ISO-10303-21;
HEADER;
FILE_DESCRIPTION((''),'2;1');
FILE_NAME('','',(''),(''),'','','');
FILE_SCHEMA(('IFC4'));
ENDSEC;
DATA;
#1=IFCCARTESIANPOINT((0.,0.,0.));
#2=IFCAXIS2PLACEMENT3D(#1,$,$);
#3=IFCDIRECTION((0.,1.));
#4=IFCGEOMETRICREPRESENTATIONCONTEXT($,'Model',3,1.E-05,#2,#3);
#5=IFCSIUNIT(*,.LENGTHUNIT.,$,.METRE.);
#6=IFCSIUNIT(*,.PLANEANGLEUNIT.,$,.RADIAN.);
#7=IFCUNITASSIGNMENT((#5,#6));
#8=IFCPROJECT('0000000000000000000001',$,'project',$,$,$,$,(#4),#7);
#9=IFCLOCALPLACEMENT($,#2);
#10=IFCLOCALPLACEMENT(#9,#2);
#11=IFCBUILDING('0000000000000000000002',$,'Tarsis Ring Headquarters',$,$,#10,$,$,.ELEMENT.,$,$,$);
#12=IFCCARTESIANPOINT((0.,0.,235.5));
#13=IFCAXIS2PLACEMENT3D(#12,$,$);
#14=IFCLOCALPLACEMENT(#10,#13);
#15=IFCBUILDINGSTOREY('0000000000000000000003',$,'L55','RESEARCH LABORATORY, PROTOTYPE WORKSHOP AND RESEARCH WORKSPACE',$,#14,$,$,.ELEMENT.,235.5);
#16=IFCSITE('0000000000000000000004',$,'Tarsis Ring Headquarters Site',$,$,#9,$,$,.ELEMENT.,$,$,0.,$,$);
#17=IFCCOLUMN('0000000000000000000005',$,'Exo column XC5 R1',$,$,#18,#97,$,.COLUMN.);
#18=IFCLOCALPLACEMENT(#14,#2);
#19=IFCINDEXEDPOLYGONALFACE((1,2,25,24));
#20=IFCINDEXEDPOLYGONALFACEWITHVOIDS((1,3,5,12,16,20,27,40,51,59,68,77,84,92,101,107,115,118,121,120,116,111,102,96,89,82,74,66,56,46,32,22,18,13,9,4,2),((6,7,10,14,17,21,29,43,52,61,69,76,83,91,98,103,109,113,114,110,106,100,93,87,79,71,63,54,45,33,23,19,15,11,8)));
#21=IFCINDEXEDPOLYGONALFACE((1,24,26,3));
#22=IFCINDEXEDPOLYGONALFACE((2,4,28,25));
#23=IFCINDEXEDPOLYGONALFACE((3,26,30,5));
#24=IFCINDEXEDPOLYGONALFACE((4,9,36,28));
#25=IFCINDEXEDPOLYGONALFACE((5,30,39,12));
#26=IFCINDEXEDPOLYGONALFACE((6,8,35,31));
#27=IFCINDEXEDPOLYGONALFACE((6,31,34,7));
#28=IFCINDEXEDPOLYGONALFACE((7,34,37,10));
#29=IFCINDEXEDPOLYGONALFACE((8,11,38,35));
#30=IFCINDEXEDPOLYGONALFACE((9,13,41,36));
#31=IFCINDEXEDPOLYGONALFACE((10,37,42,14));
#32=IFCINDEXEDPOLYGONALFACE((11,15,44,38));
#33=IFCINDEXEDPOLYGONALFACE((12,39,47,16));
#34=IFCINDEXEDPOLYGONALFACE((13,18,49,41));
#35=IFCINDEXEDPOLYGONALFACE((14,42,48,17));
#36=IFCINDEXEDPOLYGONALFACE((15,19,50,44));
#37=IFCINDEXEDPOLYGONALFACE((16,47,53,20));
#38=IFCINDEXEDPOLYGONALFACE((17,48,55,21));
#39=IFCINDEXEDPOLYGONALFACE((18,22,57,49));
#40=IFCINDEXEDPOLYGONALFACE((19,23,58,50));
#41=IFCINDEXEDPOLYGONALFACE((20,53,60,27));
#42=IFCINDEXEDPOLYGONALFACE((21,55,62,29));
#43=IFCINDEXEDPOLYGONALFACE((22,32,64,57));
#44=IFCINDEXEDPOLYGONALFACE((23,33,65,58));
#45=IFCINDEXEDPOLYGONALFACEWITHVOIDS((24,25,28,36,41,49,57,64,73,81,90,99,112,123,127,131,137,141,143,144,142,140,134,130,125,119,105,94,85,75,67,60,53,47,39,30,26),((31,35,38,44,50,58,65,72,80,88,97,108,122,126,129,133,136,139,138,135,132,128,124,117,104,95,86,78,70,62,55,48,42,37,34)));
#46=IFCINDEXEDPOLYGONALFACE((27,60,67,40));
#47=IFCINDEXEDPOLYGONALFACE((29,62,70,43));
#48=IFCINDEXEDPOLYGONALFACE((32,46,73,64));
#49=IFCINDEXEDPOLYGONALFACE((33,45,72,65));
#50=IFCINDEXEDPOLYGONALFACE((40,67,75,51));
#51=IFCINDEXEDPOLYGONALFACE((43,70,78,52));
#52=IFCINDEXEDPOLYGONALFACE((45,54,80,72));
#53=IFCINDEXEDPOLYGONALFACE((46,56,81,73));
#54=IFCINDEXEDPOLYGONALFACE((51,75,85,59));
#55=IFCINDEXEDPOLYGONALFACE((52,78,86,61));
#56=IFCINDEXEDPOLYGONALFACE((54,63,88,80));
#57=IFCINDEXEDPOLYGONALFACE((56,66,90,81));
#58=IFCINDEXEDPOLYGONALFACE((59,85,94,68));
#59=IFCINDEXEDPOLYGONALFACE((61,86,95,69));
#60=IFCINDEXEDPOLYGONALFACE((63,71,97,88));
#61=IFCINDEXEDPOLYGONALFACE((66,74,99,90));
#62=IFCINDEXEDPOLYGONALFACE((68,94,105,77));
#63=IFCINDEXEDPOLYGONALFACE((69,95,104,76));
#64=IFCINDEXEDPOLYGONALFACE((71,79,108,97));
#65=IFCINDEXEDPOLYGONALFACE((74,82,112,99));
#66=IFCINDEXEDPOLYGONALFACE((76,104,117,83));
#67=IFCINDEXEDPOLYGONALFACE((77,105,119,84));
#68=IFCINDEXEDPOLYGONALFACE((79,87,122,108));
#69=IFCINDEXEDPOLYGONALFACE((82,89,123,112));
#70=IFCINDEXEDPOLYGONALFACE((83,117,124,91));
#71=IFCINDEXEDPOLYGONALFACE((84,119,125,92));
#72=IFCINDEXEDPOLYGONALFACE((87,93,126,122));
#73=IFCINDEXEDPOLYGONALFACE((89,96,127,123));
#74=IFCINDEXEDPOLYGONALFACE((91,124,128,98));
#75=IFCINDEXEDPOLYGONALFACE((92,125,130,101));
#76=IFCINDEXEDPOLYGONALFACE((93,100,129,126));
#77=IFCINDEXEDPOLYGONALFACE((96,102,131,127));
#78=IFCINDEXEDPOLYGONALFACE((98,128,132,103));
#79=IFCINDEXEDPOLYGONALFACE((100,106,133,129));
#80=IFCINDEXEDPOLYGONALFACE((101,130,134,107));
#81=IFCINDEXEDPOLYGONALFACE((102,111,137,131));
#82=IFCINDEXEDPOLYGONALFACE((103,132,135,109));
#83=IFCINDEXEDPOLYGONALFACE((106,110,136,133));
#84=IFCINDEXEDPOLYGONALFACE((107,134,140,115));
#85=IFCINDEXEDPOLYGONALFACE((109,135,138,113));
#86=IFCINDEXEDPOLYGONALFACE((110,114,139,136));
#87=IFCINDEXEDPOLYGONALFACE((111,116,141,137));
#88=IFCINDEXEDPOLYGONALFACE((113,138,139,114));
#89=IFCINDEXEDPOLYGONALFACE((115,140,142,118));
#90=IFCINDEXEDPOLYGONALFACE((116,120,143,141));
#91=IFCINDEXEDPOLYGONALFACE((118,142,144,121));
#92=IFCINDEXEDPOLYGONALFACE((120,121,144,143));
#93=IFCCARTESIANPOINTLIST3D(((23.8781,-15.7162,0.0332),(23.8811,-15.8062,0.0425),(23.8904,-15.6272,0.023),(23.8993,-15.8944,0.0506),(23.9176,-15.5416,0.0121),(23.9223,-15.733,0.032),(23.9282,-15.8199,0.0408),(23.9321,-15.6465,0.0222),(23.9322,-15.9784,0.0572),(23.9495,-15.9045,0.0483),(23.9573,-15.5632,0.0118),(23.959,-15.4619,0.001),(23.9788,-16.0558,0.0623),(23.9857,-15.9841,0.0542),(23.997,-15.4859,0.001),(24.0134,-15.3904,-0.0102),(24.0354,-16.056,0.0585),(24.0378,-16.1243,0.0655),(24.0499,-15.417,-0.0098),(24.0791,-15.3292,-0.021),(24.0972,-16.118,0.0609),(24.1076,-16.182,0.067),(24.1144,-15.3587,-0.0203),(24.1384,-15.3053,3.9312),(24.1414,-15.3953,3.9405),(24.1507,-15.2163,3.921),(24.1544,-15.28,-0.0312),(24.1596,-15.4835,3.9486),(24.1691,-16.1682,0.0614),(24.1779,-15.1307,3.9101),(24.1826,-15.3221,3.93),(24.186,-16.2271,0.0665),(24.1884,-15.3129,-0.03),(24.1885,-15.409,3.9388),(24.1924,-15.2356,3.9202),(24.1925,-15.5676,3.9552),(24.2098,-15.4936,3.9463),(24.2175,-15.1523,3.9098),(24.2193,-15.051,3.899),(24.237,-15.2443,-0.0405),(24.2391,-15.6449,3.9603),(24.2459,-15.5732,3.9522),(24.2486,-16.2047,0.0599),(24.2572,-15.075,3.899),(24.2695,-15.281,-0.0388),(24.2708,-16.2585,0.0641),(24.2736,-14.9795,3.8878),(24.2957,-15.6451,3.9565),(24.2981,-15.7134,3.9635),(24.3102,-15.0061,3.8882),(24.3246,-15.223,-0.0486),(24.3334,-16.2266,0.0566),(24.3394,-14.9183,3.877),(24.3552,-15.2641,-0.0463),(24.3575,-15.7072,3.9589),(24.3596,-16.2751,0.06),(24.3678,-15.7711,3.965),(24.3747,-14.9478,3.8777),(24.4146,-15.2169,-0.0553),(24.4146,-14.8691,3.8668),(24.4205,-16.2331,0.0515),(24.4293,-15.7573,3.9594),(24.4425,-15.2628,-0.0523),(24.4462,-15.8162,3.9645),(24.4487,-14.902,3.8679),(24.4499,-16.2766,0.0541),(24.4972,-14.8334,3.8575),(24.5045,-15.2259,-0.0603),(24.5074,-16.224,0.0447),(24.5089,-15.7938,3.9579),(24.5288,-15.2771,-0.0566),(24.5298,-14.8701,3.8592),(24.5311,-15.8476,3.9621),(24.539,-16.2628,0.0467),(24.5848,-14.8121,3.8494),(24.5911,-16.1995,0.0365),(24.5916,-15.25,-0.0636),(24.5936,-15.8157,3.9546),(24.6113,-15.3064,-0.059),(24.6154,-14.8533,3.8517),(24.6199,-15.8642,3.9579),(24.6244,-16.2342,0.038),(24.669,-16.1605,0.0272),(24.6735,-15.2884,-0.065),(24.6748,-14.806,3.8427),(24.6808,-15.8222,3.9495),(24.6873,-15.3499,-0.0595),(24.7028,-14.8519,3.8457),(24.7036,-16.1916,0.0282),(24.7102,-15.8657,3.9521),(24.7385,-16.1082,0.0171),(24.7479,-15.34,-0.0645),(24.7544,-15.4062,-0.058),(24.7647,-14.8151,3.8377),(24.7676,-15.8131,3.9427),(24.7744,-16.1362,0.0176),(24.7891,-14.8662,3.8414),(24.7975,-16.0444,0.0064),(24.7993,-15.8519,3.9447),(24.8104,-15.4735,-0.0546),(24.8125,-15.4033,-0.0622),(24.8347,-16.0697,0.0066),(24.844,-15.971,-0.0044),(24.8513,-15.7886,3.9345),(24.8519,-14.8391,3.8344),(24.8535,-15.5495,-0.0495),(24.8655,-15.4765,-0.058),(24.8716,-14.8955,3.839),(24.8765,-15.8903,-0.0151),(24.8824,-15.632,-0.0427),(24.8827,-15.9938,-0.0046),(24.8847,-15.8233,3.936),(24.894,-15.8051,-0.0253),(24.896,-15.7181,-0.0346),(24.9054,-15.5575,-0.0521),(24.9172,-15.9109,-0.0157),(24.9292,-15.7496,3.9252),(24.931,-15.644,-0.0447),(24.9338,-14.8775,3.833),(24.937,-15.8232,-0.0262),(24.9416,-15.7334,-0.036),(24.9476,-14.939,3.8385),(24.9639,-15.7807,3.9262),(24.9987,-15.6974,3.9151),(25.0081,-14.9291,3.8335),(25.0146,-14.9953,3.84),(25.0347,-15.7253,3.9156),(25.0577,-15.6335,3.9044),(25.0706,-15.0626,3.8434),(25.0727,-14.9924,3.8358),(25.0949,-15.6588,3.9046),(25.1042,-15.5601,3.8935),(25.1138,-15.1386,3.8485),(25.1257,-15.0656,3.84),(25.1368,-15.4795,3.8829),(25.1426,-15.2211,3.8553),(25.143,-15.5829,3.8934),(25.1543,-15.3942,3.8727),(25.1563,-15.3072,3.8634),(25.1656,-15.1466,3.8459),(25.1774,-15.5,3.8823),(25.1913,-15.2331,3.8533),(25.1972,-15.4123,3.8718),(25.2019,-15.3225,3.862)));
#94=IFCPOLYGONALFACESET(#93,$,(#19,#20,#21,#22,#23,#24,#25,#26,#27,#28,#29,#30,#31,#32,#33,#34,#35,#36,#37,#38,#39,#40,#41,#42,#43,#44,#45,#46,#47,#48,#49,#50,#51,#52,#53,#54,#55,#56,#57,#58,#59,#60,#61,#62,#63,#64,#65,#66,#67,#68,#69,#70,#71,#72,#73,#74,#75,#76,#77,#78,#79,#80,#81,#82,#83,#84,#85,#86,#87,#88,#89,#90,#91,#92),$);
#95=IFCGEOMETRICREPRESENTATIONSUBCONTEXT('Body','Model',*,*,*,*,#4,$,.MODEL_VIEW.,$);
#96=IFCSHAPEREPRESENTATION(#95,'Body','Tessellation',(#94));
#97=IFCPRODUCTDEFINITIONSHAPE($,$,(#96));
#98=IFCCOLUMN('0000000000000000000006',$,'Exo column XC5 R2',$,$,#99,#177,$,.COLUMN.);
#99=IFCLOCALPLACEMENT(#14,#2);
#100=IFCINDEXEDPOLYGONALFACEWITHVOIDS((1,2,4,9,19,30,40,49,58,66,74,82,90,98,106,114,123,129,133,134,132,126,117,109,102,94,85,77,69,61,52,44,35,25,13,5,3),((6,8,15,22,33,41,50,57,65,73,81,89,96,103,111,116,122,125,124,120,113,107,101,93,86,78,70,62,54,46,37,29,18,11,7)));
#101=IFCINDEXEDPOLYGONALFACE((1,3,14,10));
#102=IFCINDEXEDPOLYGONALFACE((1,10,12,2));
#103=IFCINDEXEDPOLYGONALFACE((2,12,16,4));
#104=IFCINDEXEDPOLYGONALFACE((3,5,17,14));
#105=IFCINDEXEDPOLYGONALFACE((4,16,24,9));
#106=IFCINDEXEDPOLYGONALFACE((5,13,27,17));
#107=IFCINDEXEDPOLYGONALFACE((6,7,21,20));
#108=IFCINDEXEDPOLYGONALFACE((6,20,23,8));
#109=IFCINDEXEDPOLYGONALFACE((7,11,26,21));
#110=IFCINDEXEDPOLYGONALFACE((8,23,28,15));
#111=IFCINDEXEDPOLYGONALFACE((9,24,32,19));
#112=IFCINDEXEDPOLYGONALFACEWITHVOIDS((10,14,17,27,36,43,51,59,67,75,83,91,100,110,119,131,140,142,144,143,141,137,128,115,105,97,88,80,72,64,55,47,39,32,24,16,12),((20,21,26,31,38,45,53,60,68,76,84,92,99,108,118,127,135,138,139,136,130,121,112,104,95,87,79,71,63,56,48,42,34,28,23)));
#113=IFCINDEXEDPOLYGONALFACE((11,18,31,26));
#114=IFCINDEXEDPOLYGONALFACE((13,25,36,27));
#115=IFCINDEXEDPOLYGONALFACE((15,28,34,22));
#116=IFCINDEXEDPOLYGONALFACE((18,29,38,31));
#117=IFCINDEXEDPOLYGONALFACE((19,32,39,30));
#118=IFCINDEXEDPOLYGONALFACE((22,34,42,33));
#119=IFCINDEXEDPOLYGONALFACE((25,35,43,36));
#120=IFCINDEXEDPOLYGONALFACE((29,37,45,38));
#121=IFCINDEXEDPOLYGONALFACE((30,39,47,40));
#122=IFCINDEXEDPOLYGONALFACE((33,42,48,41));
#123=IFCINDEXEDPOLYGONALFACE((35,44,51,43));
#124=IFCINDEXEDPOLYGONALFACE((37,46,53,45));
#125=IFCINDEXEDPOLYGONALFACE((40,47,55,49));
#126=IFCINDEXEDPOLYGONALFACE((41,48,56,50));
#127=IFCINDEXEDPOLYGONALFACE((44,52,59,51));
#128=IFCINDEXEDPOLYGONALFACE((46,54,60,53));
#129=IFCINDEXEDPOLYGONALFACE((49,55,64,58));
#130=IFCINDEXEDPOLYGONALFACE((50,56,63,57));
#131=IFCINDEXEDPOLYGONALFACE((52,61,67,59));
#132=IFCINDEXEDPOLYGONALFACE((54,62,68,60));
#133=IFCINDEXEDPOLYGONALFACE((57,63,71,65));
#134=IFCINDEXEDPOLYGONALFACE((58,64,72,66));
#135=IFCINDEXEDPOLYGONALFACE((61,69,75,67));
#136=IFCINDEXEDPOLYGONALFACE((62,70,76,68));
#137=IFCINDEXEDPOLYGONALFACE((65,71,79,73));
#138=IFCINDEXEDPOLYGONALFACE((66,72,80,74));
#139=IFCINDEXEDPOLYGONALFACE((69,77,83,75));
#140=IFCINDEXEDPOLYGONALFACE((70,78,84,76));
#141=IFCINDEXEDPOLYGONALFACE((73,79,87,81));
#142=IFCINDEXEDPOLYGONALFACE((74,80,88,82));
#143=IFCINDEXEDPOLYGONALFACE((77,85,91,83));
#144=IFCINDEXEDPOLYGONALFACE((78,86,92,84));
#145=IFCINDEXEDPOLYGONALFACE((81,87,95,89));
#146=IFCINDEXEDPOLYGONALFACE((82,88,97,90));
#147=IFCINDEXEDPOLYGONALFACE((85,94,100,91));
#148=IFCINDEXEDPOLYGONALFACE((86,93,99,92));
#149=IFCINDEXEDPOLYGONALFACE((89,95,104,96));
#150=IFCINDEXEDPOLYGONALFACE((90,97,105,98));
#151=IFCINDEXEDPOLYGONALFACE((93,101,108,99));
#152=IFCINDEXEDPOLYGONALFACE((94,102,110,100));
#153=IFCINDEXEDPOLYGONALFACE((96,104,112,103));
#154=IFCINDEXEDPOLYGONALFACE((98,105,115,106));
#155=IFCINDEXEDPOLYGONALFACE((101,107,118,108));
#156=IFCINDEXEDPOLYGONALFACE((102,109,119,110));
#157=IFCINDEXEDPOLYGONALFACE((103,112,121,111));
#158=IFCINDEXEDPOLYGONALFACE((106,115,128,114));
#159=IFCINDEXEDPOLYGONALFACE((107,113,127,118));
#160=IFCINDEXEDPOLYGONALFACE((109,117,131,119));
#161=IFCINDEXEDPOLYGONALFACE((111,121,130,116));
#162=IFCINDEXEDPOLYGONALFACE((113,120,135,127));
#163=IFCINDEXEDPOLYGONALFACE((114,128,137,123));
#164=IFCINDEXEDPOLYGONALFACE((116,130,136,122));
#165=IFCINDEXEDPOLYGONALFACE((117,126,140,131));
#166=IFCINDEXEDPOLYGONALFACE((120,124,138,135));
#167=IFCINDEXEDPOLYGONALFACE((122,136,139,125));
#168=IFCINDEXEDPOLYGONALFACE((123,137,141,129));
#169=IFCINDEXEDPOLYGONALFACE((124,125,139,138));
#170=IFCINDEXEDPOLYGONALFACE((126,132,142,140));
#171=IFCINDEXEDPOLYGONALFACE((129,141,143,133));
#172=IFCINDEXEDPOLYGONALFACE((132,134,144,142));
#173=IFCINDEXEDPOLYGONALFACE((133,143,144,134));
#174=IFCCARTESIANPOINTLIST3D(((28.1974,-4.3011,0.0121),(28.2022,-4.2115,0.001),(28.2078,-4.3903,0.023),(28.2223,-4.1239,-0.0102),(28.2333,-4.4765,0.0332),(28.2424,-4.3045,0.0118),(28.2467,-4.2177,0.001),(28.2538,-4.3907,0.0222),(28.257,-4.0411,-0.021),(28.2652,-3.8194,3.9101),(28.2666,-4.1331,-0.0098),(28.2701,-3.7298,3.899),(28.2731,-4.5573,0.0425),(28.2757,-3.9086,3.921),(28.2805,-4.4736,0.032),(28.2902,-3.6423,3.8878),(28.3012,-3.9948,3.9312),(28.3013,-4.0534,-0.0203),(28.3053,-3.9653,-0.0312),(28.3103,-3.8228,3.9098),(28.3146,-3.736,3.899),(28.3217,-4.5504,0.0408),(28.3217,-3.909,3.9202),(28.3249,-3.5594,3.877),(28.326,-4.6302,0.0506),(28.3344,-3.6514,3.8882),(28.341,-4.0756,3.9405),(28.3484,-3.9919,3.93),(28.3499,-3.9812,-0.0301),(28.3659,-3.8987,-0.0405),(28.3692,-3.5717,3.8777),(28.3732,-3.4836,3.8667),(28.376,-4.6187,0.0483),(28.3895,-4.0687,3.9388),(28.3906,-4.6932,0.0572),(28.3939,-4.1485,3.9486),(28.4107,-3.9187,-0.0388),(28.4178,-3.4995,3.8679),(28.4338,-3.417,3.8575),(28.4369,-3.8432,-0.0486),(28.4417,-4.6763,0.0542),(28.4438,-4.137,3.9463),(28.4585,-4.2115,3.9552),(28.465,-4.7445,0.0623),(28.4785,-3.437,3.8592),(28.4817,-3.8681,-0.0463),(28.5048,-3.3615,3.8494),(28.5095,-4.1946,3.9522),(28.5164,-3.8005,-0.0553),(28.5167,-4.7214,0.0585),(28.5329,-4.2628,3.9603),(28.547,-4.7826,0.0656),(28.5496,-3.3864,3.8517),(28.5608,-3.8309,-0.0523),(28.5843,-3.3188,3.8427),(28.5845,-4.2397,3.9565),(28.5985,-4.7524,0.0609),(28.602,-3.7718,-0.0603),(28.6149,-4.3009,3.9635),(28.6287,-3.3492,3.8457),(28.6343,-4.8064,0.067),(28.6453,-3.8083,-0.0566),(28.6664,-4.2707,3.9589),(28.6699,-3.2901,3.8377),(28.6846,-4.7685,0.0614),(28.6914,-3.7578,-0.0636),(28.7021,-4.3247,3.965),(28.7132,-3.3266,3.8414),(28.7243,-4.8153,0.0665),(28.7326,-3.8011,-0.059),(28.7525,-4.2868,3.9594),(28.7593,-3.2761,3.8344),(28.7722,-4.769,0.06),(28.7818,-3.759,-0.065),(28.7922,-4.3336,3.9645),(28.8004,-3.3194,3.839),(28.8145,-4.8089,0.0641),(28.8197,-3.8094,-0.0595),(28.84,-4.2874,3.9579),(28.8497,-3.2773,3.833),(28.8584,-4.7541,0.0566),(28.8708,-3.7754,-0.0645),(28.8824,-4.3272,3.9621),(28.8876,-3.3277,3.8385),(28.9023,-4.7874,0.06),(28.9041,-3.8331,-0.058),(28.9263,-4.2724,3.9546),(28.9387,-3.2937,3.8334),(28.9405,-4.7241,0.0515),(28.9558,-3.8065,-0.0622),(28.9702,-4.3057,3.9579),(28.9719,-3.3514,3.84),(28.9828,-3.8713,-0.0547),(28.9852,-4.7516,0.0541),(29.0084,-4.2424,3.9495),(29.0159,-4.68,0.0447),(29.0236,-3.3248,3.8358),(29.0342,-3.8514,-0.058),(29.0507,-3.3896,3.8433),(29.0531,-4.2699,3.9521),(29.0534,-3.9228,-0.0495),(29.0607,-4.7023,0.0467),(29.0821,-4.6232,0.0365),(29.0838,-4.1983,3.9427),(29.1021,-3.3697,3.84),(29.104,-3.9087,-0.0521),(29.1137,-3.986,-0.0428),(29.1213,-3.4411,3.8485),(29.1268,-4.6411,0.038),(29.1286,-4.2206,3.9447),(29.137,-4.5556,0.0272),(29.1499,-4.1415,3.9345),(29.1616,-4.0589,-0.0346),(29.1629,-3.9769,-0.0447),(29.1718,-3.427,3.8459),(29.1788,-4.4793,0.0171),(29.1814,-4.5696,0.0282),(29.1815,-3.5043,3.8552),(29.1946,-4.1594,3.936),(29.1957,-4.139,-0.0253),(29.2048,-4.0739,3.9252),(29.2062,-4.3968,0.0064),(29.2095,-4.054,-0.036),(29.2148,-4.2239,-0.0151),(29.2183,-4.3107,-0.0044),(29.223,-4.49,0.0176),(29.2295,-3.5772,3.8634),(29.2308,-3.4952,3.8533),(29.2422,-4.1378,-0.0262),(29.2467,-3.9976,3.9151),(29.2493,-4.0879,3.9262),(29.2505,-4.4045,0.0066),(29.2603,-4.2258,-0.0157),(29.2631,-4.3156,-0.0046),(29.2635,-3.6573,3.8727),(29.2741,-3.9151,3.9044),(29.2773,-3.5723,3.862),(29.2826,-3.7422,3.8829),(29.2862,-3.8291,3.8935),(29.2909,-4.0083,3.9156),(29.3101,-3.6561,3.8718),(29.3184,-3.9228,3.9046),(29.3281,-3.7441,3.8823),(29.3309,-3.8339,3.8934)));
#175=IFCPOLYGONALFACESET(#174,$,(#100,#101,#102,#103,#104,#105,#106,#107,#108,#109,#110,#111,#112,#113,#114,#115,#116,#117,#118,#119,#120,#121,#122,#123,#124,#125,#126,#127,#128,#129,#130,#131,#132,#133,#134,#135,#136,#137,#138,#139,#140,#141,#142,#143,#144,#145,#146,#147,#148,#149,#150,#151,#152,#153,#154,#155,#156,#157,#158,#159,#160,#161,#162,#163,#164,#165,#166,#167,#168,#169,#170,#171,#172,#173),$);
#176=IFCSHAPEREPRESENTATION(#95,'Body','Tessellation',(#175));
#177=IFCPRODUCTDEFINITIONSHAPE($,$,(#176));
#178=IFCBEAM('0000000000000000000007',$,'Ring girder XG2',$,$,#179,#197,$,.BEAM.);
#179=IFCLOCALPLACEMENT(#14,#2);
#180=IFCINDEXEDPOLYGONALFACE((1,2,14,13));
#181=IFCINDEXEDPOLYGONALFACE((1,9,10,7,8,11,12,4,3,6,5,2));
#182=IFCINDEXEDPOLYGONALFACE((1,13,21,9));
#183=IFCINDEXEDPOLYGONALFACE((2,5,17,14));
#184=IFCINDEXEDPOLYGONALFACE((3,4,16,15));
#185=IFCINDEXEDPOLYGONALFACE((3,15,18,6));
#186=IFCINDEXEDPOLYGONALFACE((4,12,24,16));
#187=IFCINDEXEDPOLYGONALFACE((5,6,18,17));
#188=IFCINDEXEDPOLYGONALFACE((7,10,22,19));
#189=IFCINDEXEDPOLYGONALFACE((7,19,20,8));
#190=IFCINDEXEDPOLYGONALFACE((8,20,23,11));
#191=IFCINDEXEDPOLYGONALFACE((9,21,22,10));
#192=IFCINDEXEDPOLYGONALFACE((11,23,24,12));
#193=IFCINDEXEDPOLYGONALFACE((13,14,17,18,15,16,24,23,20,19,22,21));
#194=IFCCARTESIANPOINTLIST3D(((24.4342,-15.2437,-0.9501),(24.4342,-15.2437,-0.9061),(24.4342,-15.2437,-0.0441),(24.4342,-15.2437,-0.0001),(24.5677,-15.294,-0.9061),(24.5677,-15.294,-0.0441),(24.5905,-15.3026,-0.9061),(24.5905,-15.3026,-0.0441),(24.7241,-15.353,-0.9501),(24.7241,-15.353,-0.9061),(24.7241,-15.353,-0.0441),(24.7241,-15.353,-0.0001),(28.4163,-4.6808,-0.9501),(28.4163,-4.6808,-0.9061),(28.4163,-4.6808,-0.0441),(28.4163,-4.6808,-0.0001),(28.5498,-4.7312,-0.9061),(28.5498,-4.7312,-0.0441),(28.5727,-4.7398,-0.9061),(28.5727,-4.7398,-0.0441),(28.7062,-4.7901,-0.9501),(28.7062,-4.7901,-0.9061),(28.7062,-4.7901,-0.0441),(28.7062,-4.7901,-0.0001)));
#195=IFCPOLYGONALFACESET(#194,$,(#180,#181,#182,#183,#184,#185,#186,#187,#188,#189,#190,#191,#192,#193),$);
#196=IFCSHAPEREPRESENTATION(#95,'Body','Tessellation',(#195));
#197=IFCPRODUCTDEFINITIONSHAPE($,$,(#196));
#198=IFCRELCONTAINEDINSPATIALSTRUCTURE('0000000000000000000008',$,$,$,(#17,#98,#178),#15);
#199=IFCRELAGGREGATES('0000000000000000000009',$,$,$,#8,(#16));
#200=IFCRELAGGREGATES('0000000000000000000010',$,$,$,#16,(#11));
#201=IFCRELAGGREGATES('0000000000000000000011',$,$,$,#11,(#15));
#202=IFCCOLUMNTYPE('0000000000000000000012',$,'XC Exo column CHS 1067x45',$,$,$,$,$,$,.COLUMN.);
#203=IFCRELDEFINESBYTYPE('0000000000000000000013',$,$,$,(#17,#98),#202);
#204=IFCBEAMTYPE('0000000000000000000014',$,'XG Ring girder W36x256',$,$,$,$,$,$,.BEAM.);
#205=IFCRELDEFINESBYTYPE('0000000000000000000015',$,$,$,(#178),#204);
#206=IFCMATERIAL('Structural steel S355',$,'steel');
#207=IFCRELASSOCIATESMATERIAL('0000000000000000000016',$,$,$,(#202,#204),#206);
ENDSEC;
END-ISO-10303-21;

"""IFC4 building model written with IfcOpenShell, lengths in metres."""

from ifc_helpers import new_model, si_unit, direction, frame, origin, origin_2d, place, context, subcontext, project, spatial, hollow_circle, i_section, extrude, material, material_profile, profile_set, type_object, element, save


model = new_model("IFC4")

# Units and contexts
model_context = context("Model", 3, precision=1e-05, world=origin(), true_north=direction((0.0, 1.0)))
body_context = subcontext(model_context, "Body", "Model", "MODEL_VIEW")
ifc_project = project(units=[si_unit("LENGTHUNIT", "METRE"), si_unit("PLANEANGLEUNIT", "RADIAN")], contexts=[model_context])

# Site, building, storey
site_placement = place(None, origin())
site = spatial("IfcSite", under=ifc_project, at=site_placement, Name="Tarsis Ring Headquarters Site", CompositionType="ELEMENT", RefElevation=0.0)
building_placement = place(site_placement, origin())
building = spatial("IfcBuilding", under=site, at=building_placement, Name="Tarsis Ring Headquarters", CompositionType="ELEMENT")
storey_placement = place(building_placement, frame((0.0, 0.0, 235.5)))
storey = spatial("IfcBuildingStorey", under=building, at=storey_placement, Name="L55", Description="RESEARCH LABORATORY, PROTOTYPE WORKSHOP AND RESEARCH WORKSPACE", CompositionType="ELEMENT", Elevation=235.5)

# Columns
ifc_material_1 = material(Name="Structural steel S355", Category="steel")
ifc_material_profile_1 = material_profile(ifc_material_1, hollow_circle(Radius=0.5334, WallThickness=0.0449, at=origin_2d()), Name="CHS 1067x45")
ifc_profile_set_1 = profile_set([ifc_material_profile_1], Name="Structural steel S355")
column_type = type_object("IfcColumnType", Name="XC Exo column CHS 1067x45", PredefinedType="COLUMN", material=ifc_profile_set_1)
for number, where, z_axis, x_axis, name in (
    (1, (24.4097, -15.7473, 0.001), (0.066253, 0.1046, 0.992305), (-0.844796, 0.535088, 0.0), "Exo column XC5 R1"),
    (2, (28.7305, -4.2859, 0.001), (0.017278, 0.122624, 0.992303), (-0.990219, 0.139524, 0.0), "Exo column XC5 R2"),
):
    element("IfcColumn", number, at=place(storey_placement, frame(where, z_axis=z_axis, x_axis=x_axis)), inside=storey, type_object=column_type, Name=name, PredefinedType="COLUMN", context=body_context, shape_type="SweptSolid", body=[
        extrude(hollow_circle(Radius=0.5334, WallThickness=0.0449, at=origin_2d()), origin(), (0.0, 0.0, 1.0), 3.9282),
    ])

# Beam
ifc_material_profile_2 = material_profile(ifc_material_1, i_section(OverallWidth=0.3098, OverallDepth=0.95, WebThickness=0.0244, FlangeThickness=0.0439, at=origin_2d()), Name="W36x256")
ifc_profile_set_2 = profile_set([ifc_material_profile_2], Name="Structural steel S355")
beam_type = type_object("IfcBeamType", Name="XG Ring girder W36x256", PredefinedType="BEAM", material=ifc_profile_set_2)
beam_1_placement = place(storey_placement, frame((24.5791, -15.2983, -0.4751), z_axis=(0.352758, 0.935714, 0.0), x_axis=(-0.935714, 0.352758, 0.0)))
element("IfcBeam", 3, at=beam_1_placement, inside=storey, type_object=beam_type, Name="Ring girder XG2", PredefinedType="BEAM", context=body_context, shape_type="SweptSolid", body=[
    extrude(i_section(OverallWidth=0.3098, OverallDepth=0.95, WebThickness=0.0244, FlangeThickness=0.0439, at=origin_2d()), origin(), (0.0, 0.0, 1.0), 11.2886),
])

save(model, "model.ifc")
